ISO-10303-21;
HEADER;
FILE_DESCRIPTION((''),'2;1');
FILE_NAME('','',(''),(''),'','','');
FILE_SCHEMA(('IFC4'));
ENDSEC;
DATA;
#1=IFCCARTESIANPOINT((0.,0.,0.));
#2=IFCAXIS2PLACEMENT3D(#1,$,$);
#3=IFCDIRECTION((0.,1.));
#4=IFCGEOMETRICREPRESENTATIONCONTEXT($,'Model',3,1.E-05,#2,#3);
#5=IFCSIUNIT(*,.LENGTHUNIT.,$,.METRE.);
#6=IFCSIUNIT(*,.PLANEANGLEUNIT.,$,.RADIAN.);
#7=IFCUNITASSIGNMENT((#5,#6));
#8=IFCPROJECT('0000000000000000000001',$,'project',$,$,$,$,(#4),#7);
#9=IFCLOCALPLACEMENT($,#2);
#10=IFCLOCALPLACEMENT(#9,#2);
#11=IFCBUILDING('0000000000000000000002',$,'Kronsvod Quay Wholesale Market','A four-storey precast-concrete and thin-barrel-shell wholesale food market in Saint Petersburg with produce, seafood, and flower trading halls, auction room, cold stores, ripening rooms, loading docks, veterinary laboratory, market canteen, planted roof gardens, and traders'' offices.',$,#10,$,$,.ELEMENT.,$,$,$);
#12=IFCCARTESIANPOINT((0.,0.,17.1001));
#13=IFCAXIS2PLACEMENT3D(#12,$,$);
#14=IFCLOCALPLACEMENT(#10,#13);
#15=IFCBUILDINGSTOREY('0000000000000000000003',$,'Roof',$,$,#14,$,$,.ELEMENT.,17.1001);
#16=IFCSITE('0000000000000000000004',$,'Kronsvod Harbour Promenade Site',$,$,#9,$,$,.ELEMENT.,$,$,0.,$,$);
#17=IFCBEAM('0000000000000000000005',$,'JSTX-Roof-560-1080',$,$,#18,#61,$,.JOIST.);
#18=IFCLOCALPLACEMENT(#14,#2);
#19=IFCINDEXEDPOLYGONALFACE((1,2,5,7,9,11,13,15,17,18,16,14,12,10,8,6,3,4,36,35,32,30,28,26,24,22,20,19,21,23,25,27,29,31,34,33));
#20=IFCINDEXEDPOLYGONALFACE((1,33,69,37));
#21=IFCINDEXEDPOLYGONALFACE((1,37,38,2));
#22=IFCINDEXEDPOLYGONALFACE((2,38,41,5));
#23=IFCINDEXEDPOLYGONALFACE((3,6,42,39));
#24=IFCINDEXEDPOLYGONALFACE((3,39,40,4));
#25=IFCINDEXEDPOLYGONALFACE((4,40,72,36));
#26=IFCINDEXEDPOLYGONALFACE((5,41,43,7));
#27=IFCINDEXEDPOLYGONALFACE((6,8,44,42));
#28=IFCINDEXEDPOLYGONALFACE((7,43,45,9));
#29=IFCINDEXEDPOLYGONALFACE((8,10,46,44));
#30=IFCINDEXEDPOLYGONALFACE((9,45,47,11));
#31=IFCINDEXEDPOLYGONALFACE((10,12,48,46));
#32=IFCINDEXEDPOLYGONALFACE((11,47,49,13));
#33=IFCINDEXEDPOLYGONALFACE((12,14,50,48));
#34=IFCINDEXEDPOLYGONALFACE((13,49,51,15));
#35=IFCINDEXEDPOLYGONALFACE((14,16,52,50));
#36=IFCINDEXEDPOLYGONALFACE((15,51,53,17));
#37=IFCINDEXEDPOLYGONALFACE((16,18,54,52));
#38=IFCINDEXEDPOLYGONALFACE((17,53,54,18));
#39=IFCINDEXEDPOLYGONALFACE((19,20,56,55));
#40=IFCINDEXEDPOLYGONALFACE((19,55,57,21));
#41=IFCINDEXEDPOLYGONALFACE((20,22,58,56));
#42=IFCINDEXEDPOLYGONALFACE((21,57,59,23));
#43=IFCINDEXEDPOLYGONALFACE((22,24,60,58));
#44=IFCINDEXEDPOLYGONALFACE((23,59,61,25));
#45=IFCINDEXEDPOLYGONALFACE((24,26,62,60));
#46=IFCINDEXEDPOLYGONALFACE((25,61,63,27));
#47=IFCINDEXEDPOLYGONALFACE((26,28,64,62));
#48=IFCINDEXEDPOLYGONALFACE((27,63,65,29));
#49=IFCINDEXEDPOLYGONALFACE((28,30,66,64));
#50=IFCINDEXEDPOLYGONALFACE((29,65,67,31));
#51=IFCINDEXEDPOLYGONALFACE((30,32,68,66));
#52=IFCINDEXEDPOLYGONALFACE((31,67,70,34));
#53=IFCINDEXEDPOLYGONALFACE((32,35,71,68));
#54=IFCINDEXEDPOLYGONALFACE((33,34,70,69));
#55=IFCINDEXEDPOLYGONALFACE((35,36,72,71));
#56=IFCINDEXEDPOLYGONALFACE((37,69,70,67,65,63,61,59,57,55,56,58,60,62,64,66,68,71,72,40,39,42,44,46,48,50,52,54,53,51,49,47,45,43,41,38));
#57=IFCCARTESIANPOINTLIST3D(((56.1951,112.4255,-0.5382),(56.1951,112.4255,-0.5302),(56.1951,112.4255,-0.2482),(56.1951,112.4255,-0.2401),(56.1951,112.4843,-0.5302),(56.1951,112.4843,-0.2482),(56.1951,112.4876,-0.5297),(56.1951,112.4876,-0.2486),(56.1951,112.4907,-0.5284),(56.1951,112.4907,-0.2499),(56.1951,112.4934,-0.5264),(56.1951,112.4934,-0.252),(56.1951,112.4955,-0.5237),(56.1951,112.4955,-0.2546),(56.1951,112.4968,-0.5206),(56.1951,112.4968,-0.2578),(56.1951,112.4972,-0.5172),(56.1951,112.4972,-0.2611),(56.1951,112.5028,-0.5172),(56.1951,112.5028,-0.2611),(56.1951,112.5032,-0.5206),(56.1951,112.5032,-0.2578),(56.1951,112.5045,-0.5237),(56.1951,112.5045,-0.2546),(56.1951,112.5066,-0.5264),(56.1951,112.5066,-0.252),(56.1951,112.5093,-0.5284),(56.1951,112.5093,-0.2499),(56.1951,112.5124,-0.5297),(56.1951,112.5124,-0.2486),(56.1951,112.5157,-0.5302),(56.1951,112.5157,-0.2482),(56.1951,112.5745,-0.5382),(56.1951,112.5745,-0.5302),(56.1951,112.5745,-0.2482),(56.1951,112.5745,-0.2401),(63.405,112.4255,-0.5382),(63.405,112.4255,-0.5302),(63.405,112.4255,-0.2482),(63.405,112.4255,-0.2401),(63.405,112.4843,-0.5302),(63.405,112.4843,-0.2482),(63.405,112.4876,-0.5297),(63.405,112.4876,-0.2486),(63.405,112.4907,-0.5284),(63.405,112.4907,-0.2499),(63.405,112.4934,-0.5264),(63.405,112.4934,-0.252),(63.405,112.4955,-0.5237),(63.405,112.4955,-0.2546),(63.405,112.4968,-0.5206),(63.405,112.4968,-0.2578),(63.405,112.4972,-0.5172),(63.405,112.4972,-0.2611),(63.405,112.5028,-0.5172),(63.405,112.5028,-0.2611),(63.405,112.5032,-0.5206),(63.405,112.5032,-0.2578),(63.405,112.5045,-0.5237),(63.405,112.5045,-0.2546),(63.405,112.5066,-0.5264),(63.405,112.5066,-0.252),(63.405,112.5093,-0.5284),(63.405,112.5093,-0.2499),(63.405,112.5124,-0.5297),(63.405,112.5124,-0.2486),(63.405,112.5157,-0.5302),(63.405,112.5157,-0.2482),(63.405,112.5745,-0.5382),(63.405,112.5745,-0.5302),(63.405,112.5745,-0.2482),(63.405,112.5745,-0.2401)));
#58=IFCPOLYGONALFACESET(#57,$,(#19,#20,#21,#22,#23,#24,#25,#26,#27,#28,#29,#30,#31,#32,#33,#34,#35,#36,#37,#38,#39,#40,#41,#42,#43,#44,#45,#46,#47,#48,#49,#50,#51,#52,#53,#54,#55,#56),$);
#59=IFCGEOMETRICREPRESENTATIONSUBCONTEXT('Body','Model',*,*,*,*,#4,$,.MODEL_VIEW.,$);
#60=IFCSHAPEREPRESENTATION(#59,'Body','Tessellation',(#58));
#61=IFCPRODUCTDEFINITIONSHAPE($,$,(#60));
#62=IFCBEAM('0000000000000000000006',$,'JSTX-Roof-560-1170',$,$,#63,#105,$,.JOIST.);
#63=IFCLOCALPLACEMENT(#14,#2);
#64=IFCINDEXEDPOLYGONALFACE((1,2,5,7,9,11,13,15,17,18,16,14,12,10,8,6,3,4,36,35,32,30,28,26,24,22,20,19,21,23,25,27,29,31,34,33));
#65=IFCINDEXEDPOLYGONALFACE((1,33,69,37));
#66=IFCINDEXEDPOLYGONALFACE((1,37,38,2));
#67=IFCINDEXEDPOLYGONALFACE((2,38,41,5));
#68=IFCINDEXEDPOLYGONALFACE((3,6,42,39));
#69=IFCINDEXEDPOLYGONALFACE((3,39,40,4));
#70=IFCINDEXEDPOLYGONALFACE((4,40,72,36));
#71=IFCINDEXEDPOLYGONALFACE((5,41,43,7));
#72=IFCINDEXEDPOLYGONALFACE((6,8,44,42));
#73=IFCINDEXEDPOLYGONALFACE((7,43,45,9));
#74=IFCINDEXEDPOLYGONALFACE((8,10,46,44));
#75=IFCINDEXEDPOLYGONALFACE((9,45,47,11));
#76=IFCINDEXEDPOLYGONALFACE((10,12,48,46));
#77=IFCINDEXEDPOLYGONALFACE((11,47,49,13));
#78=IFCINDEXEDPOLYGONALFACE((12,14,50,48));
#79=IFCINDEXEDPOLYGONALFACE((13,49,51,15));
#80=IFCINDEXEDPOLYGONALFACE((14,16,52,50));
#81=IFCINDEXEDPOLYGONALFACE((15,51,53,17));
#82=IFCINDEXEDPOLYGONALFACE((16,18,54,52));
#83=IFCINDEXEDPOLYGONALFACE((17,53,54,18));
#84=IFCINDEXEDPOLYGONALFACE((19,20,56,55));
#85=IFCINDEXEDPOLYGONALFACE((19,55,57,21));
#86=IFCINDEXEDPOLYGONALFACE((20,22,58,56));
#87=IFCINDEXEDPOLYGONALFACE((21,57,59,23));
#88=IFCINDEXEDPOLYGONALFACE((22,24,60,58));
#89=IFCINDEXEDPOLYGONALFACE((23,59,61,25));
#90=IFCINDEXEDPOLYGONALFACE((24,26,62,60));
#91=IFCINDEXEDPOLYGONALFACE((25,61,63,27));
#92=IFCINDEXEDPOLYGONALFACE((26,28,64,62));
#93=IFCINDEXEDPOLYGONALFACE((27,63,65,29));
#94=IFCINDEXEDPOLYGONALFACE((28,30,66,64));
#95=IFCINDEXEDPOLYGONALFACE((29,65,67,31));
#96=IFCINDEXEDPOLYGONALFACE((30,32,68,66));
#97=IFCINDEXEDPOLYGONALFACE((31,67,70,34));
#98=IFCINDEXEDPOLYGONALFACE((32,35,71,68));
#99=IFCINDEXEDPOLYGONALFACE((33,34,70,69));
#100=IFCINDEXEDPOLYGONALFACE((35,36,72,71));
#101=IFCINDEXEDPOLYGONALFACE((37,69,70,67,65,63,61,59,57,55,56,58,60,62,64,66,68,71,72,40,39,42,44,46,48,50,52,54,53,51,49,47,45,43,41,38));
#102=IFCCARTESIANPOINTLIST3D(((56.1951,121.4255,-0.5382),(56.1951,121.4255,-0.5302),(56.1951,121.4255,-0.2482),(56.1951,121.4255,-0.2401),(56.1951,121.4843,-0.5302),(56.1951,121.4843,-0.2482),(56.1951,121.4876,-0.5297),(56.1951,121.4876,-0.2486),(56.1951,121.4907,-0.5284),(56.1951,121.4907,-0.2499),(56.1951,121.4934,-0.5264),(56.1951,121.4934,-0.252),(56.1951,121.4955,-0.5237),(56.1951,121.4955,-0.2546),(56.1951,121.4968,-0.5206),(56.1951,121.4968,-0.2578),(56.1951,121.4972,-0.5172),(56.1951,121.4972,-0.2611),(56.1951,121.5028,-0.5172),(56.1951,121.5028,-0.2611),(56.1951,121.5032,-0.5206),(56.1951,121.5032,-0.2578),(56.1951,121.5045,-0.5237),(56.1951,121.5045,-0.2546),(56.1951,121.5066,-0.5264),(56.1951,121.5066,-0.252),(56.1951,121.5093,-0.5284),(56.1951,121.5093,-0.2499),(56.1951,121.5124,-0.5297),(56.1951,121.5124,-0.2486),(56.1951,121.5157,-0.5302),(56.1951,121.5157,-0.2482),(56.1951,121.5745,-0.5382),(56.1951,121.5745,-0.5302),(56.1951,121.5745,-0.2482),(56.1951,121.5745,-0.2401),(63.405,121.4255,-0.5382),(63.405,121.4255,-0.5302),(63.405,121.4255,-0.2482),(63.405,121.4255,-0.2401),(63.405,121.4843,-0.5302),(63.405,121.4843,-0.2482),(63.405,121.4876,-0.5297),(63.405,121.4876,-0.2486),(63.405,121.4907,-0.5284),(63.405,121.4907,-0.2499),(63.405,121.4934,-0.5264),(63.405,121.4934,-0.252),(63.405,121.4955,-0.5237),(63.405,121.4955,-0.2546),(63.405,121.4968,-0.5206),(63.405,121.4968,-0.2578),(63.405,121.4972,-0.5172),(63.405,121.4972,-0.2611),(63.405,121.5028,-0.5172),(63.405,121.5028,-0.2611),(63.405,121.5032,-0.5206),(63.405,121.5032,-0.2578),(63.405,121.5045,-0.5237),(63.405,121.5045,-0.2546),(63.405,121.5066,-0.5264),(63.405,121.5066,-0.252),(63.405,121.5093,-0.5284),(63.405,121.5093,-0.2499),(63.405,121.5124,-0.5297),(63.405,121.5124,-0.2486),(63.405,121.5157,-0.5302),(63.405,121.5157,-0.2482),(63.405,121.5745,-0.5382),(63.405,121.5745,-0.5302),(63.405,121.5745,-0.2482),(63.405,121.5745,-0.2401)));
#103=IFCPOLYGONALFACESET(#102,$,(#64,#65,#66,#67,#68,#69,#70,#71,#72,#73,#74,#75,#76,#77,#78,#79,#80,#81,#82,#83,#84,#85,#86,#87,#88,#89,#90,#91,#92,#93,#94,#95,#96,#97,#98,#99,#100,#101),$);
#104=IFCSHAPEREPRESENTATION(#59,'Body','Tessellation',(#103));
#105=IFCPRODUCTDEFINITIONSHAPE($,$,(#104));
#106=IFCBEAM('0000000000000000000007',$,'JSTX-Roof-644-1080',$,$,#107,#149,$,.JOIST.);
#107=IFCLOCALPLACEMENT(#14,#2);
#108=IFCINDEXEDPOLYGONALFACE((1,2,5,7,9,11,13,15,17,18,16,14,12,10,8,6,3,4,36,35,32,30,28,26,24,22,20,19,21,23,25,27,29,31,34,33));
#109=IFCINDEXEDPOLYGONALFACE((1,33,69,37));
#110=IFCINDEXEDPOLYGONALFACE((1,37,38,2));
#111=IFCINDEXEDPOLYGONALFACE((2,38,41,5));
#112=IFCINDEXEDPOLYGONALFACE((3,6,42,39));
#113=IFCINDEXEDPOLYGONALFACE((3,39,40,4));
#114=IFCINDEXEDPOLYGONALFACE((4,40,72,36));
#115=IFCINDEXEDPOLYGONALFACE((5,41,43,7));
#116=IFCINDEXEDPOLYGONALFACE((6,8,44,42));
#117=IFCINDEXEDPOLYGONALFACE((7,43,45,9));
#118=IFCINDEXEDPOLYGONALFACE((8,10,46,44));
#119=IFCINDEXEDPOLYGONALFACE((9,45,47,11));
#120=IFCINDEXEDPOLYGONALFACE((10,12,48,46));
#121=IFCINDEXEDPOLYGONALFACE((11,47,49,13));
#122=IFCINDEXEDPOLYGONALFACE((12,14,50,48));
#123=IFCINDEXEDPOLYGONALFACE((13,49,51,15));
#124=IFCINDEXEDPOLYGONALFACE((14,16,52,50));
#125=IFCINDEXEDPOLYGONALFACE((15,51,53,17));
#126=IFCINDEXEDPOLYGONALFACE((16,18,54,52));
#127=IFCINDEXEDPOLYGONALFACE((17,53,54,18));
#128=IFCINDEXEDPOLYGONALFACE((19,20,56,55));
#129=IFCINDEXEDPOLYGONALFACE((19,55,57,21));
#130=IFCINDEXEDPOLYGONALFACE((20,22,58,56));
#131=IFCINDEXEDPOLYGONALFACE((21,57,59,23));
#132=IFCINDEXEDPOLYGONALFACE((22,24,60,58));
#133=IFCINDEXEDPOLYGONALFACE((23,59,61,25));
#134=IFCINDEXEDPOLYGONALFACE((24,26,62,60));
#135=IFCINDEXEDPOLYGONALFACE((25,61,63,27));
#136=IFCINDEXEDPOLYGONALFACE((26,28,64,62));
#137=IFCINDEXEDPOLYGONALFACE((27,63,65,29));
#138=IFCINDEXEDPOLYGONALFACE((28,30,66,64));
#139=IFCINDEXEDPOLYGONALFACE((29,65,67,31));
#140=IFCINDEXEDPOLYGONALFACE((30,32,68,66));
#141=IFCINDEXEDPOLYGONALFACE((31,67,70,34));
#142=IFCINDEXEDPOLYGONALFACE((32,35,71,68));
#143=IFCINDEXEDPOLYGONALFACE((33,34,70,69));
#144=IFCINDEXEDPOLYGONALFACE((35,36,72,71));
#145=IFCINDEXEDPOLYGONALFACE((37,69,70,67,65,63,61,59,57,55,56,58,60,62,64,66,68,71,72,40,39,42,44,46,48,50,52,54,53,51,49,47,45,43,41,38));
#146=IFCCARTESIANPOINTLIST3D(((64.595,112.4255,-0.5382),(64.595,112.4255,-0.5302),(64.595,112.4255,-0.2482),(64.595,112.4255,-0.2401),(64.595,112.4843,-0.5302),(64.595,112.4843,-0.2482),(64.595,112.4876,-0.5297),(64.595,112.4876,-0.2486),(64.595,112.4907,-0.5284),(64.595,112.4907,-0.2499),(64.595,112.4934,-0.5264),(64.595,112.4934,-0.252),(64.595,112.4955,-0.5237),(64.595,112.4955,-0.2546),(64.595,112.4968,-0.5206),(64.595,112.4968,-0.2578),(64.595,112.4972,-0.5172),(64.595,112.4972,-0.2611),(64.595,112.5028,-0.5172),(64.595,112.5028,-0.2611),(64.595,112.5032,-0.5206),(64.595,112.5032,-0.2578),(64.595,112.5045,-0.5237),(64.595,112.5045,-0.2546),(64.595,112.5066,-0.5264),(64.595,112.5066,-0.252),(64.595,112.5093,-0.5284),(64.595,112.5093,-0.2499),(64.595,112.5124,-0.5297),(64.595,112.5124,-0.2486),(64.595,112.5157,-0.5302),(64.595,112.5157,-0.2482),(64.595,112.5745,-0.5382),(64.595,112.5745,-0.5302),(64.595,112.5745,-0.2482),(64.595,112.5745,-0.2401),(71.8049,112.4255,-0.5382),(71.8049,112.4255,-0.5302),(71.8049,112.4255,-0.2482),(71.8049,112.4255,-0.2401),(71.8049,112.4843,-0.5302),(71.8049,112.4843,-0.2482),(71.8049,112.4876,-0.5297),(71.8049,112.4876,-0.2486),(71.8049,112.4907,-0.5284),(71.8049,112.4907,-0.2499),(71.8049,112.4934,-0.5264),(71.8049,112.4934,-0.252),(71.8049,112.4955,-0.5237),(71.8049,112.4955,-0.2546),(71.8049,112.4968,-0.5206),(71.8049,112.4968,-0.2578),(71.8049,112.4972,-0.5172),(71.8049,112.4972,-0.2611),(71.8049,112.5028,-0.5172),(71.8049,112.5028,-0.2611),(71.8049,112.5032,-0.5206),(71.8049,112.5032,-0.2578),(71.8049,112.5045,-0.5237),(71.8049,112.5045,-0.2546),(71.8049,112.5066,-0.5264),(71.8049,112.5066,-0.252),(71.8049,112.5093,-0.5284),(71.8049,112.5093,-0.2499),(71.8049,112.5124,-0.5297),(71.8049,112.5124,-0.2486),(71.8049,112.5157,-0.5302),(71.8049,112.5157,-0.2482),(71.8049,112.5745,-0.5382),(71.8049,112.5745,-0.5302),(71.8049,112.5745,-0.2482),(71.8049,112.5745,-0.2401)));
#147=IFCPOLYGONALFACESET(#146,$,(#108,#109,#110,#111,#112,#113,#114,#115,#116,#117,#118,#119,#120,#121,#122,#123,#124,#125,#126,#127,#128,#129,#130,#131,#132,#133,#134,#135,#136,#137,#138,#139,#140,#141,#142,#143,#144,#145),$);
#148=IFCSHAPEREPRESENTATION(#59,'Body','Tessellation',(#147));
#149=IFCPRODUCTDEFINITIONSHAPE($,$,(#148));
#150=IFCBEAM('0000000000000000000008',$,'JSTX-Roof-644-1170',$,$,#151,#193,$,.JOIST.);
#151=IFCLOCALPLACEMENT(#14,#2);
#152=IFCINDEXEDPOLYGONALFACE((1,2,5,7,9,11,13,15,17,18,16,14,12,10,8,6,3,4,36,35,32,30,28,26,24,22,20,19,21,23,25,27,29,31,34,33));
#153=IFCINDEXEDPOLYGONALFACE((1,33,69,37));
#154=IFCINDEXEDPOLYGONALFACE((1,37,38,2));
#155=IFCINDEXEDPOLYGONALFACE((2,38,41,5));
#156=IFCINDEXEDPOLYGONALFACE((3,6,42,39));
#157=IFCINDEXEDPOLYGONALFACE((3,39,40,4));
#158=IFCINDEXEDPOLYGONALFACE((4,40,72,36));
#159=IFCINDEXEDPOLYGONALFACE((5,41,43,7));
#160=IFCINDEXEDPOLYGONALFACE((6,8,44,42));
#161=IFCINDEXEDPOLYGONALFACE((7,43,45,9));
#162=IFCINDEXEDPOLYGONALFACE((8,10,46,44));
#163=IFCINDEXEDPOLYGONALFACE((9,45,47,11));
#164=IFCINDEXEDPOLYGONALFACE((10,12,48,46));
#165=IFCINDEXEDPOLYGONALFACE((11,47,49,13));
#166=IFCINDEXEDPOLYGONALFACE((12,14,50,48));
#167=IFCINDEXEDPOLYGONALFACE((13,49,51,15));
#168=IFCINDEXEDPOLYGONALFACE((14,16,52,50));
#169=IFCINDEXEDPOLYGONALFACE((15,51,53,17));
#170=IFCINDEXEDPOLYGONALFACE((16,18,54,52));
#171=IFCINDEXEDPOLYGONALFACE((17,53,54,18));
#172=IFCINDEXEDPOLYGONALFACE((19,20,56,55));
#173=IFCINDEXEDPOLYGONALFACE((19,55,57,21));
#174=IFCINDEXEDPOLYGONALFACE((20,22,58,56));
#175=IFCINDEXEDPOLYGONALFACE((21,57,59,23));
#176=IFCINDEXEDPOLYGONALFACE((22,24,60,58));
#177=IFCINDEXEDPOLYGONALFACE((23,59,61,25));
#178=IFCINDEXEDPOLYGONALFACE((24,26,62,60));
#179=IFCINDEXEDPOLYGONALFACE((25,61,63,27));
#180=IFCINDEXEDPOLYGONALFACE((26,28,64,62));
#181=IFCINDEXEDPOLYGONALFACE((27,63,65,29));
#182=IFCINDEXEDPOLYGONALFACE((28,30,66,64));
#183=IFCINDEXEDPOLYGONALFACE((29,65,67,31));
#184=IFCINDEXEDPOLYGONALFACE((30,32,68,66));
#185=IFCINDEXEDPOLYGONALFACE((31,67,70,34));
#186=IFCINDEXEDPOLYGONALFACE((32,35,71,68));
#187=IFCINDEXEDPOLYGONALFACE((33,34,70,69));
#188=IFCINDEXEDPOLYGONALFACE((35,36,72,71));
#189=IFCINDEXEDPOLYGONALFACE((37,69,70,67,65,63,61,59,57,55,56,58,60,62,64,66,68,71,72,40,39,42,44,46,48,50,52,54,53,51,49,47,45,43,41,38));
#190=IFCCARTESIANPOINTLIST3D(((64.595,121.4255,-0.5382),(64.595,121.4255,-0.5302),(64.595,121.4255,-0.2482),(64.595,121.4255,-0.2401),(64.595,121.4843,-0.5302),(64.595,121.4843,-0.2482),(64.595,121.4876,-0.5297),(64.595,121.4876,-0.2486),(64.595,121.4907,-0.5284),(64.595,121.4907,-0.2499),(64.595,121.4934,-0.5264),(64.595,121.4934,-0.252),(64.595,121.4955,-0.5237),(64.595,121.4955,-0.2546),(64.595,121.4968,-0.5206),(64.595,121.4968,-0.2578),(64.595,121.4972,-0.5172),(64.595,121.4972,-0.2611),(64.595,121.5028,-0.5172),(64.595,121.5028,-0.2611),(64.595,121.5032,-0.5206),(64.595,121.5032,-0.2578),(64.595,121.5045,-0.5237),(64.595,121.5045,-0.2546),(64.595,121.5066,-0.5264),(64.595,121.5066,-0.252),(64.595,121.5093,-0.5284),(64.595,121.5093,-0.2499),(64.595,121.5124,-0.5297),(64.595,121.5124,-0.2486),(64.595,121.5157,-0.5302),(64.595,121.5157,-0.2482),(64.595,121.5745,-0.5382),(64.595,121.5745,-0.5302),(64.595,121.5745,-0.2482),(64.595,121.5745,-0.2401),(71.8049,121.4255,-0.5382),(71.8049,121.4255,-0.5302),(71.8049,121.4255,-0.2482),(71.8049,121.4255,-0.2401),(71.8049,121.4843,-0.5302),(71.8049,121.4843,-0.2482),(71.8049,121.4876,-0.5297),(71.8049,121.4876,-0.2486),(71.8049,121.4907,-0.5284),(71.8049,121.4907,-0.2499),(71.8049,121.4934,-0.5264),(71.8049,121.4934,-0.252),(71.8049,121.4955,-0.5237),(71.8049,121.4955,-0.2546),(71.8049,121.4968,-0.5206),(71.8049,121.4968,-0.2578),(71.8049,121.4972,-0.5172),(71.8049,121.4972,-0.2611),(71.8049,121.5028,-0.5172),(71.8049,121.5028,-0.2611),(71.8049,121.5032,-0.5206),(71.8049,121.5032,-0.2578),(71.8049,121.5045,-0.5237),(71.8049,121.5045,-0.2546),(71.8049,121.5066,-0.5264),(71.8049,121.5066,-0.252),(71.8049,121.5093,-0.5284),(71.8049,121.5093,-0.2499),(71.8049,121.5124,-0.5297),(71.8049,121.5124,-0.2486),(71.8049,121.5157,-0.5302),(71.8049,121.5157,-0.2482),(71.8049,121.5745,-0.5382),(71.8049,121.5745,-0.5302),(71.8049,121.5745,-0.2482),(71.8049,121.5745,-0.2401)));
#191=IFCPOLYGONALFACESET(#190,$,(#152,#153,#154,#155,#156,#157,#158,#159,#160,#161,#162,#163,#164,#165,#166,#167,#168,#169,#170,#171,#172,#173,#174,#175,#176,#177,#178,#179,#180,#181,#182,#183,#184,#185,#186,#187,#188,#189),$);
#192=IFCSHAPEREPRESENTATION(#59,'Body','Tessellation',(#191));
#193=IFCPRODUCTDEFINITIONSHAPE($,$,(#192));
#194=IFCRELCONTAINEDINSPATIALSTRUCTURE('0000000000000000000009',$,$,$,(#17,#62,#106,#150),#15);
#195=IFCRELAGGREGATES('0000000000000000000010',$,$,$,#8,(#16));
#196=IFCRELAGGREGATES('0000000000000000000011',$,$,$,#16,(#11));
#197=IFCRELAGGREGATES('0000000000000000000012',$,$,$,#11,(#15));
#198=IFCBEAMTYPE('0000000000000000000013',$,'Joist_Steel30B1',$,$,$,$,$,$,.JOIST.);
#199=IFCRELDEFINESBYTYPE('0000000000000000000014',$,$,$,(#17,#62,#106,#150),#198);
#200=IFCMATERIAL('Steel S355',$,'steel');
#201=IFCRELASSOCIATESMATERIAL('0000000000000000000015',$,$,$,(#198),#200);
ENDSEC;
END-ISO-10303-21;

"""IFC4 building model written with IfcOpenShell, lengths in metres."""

from ifc_helpers import new_model, si_unit, direction, frame, origin, origin_2d, place, context, subcontext, project, spatial, i_section, extrude, material, material_profile, profile_set, type_object, element, save


model = new_model("IFC4")

# Units and contexts
model_context = context("Model", 3, precision=1e-05, world=origin(), true_north=direction((0.0, 1.0)))
body_context = subcontext(model_context, "Body", "Model", "MODEL_VIEW")
ifc_project = project(units=[si_unit("LENGTHUNIT", "METRE"), si_unit("PLANEANGLEUNIT", "RADIAN")], contexts=[model_context])

# Site, building, storey
site_placement = place(None, origin())
site = spatial("IfcSite", under=ifc_project, at=site_placement, Name="Kronsvod Harbour Promenade Site", CompositionType="ELEMENT", RefElevation=0.0)
building_placement = place(site_placement, origin())
building = spatial("IfcBuilding", under=site, at=building_placement, Name="Kronsvod Quay Wholesale Market", Description="A four-storey precast-concrete and thin-barrel-shell wholesale food market in Saint Petersburg with produce, seafood, and flower trading halls, auction room, cold stores, ripening rooms, loading docks, veterinary laboratory, market canteen, planted roof gardens, and traders' offices.", CompositionType="ELEMENT")
storey_placement = place(building_placement, frame((0.0, 0.0, 17.1001)))
storey = spatial("IfcBuildingStorey", under=building, at=storey_placement, Name="Roof", CompositionType="ELEMENT", Elevation=17.1001)

# Beams
ifc_material_1 = material(Name="Steel S355", Category="steel")
ifc_material_profile_1 = material_profile(ifc_material_1, i_section(OverallWidth=0.1489, OverallDepth=0.2981, WebThickness=0.0056, FlangeThickness=0.0081, FilletRadius=0.0129, at=origin_2d()), Name="30B1")
ifc_profile_set_1 = profile_set([ifc_material_profile_1], Name="Steel S355")
beam_type_1 = type_object("IfcBeamType", Name="Joist_Steel30B1", PredefinedType="JOIST", material=ifc_profile_set_1)
for number, where, z_axis, x_axis, name in (
    (1, (56.1951, 112.5, -0.3892), (1.0, 0.0, 0.0), (0.0, 1.0, 0.0), "JSTX-Roof-560-1080"),
    (2, (56.1951, 121.5, -0.3892), (1.0, 0.0, 0.0), (0.0, 1.0, 0.0), "JSTX-Roof-560-1170"),
    (3, (64.595, 112.5, -0.3892), (1.0, 0.0, 0.0), (0.0, 1.0, 0.0), "JSTX-Roof-644-1080"),
    (4, (64.595, 121.5, -0.3892), (1.0, 0.0, 0.0), (0.0, 1.0, 0.0), "JSTX-Roof-644-1170"),
):
    element("IfcBeam", number, at=place(storey_placement, frame(where, z_axis=z_axis, x_axis=x_axis)), inside=storey, type_object=beam_type_1, Name=name, PredefinedType="JOIST", context=body_context, shape_type="SweptSolid", body=[
        extrude(i_section(OverallWidth=0.1489, OverallDepth=0.2981, WebThickness=0.0056, FlangeThickness=0.0081, FilletRadius=0.0129, at=origin_2d()), origin(), (0.0, 0.0, 1.0), 7.21),
    ])

save(model, "model.ifc")
